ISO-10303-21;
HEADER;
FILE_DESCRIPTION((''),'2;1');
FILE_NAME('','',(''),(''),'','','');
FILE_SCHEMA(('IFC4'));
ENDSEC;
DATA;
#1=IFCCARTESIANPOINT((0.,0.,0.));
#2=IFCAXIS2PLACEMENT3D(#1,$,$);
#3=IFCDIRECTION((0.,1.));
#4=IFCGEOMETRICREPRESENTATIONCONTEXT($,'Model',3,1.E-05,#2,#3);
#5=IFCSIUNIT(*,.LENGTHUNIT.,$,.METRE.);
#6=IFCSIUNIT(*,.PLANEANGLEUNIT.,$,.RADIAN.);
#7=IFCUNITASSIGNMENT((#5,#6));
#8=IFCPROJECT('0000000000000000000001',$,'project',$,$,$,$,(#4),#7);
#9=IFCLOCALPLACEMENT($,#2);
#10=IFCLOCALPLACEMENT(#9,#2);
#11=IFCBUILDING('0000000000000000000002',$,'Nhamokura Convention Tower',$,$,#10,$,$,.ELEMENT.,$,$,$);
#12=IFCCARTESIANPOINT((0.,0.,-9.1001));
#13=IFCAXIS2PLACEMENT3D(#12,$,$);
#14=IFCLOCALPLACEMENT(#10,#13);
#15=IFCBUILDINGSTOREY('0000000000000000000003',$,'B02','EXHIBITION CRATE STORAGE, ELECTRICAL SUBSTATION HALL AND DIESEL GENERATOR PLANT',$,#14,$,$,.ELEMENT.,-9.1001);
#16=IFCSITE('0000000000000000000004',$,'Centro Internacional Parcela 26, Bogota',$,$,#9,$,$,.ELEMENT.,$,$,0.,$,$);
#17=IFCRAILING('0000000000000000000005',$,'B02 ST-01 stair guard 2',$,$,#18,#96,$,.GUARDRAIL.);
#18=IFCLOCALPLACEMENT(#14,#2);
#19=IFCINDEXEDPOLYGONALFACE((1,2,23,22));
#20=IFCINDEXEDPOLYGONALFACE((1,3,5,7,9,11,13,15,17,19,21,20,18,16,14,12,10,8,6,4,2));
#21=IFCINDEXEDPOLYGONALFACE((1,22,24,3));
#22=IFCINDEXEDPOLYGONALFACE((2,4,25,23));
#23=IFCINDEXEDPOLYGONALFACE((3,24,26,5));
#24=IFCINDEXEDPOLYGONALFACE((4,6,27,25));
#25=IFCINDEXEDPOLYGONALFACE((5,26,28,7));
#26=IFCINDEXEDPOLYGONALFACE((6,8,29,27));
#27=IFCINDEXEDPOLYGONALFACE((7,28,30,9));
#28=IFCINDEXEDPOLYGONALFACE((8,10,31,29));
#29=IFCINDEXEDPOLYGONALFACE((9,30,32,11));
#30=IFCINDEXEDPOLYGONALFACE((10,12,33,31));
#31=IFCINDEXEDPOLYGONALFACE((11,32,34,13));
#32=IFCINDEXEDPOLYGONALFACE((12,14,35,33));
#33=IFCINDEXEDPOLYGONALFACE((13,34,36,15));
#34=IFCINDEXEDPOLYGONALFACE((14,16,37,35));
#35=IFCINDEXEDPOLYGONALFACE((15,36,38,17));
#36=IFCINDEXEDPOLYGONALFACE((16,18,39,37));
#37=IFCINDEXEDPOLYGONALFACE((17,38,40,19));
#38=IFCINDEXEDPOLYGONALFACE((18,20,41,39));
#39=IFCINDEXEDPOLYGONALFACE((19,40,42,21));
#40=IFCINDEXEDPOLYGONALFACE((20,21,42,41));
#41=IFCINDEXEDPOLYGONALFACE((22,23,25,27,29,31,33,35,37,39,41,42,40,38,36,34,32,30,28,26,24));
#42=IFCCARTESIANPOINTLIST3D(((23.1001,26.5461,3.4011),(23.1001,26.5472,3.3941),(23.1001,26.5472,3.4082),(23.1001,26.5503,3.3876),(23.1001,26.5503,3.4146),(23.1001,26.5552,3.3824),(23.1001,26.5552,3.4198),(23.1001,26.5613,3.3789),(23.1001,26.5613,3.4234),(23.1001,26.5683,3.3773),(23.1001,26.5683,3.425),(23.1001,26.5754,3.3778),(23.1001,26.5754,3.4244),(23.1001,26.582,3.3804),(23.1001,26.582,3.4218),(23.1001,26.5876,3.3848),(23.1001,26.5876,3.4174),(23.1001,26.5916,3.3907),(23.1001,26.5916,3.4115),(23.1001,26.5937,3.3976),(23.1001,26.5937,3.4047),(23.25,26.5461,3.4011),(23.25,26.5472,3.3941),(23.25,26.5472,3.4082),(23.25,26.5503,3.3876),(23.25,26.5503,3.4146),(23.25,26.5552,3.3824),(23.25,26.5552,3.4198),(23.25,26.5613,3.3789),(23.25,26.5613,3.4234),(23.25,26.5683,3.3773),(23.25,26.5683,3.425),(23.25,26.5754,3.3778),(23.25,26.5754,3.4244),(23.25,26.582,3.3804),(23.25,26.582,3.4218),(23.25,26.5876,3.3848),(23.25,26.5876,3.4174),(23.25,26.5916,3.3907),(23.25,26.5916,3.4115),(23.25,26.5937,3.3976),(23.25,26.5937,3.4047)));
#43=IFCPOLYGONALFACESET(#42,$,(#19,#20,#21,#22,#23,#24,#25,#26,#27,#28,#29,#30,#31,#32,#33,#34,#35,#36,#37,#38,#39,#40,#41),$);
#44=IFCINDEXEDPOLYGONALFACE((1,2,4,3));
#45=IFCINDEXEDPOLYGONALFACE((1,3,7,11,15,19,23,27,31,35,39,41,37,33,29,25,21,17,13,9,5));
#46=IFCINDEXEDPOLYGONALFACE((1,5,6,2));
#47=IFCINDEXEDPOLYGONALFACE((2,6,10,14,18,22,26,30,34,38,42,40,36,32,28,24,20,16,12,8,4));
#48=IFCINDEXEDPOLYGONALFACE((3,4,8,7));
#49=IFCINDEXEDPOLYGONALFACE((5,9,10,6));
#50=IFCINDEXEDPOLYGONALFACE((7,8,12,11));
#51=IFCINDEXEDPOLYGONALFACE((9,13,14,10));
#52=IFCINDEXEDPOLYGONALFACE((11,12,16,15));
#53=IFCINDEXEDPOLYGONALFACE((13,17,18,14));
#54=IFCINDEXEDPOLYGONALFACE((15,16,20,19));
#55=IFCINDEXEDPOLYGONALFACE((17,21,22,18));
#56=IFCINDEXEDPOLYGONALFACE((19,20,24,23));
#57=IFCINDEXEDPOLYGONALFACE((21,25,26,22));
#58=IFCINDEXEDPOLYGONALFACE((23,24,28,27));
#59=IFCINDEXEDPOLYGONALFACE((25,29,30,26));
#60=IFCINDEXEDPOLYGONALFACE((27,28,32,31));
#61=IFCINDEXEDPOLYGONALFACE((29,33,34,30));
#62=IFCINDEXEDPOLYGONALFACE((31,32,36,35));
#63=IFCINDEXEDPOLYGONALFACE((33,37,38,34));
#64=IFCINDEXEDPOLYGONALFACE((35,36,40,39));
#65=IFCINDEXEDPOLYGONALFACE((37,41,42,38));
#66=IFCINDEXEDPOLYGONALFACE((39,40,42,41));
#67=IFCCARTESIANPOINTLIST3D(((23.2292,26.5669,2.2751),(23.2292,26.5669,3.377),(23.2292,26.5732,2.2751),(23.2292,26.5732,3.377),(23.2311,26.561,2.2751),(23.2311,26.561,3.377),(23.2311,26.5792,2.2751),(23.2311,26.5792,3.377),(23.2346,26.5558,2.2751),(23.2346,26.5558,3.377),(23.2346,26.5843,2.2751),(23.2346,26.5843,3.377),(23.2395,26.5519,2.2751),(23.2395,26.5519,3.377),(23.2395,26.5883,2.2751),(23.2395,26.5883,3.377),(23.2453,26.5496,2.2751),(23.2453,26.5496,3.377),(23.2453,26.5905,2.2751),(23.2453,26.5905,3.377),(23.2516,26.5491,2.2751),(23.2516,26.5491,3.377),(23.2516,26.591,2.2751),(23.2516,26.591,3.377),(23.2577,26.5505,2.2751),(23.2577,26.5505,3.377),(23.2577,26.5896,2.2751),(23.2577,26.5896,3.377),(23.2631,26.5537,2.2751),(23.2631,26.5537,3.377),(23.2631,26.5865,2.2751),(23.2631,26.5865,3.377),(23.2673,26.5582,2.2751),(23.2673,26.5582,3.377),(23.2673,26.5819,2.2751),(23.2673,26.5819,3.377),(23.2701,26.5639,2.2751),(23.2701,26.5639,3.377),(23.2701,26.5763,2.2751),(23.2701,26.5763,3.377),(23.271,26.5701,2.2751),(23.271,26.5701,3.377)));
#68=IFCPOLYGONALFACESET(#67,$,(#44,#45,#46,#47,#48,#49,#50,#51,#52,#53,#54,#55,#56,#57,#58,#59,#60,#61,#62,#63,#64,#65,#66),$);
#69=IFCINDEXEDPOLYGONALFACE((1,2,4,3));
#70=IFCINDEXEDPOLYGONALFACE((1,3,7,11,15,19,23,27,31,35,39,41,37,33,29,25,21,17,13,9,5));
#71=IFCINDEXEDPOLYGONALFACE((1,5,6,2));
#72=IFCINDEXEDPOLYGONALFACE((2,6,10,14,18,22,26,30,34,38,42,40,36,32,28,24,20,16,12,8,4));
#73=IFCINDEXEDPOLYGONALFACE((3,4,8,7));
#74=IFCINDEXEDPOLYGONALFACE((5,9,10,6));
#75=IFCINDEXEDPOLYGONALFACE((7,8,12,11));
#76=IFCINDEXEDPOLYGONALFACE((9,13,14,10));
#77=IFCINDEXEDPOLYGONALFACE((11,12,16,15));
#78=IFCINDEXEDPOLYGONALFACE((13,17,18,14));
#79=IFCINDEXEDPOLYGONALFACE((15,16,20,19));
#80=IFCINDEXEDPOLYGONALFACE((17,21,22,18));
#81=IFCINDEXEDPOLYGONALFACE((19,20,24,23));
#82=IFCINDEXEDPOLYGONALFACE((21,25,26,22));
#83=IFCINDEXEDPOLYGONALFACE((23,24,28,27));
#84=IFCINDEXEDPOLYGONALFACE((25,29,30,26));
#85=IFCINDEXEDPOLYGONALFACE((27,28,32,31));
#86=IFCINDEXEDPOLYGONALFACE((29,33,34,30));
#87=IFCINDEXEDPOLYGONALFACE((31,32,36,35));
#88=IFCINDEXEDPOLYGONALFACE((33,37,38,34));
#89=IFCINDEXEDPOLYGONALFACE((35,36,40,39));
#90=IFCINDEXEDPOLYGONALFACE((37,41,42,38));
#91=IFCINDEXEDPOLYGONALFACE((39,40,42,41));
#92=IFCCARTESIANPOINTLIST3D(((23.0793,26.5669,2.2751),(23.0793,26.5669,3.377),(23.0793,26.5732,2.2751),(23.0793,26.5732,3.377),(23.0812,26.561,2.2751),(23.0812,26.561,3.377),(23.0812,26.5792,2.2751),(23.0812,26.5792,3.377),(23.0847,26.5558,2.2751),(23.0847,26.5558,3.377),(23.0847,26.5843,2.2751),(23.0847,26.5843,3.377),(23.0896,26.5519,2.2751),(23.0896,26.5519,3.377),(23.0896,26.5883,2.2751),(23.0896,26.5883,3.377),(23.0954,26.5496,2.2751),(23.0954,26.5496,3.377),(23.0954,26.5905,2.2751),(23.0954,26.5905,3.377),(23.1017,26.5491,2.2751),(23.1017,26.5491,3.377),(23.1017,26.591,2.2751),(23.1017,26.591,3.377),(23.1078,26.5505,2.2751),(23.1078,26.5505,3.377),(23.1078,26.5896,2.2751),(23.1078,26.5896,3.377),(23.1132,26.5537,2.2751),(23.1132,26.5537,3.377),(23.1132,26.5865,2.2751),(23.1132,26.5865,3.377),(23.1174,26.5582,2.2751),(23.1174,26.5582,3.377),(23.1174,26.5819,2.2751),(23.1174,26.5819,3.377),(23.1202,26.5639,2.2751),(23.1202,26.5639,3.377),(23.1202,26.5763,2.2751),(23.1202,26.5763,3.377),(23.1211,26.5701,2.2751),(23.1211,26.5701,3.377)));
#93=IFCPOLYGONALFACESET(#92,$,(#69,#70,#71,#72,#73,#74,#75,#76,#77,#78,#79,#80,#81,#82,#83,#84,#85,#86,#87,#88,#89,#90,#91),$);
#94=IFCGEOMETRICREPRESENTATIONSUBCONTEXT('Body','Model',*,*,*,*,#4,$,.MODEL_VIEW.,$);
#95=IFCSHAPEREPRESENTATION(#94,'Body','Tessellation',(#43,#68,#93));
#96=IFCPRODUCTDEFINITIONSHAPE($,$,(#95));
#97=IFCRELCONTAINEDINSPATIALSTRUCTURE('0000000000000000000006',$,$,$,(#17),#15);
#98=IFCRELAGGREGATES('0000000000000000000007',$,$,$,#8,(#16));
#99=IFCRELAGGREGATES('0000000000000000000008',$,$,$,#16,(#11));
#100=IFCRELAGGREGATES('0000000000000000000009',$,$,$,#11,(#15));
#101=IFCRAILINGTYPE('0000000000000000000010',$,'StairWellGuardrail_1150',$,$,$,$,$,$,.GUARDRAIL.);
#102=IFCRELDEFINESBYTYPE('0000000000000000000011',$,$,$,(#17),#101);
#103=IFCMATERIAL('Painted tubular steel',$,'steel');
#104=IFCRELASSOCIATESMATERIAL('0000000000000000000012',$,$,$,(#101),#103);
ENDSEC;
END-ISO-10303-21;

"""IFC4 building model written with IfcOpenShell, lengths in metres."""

from ifc_helpers import new_model, si_unit, direction, frame, origin, origin_2d, place, context, subcontext, project, spatial, circle, extrude, material, type_object, element, save


model = new_model("IFC4")

# Units and contexts
model_context = context("Model", 3, precision=1e-05, world=origin(), true_north=direction((0.0, 1.0)))
body_context = subcontext(model_context, "Body", "Model", "MODEL_VIEW")
ifc_project = project(units=[si_unit("LENGTHUNIT", "METRE"), si_unit("PLANEANGLEUNIT", "RADIAN")], contexts=[model_context])

# Site, building, storey
site_placement = place(None, origin())
site = spatial("IfcSite", under=ifc_project, at=site_placement, Name="Centro Internacional Parcela 26, Bogota", CompositionType="ELEMENT", RefElevation=0.0)
building_placement = place(site_placement, origin())
building = spatial("IfcBuilding", under=site, at=building_placement, Name="Nhamokura Convention Tower", CompositionType="ELEMENT")
storey_placement = place(building_placement, frame((0.0, 0.0, -9.1001)))
storey = spatial("IfcBuildingStorey", under=building, at=storey_placement, Name="B02", Description="EXHIBITION CRATE STORAGE, ELECTRICAL SUBSTATION HALL AND DIESEL GENERATOR PLANT", CompositionType="ELEMENT", Elevation=-9.1001)

# Railing
ifc_material_1 = material(Name="Painted tubular steel", Category="steel")
railing_type_1 = type_object("IfcRailingType", Name="StairWellGuardrail_1150", PredefinedType="GUARDRAIL", material=ifc_material_1)
railing_1_placement = place(storey_placement, frame((23.25, 26.5701, 2.2751)))
element("IfcRailing", 1, at=railing_1_placement, inside=storey, type_object=railing_type_1, Name="B02 ST-01 stair guard 2", PredefinedType="GUARDRAIL", context=body_context, shape_type="SweptSolid", body=[
    extrude(circle(Radius=0.0239, at=origin_2d()), frame((0.0, 0.0, 1.126), z_axis=(-1.0, 0.0, 0.0), x_axis=(0.0, -1.0, 0.0)), (0.0, 0.0, 1.0), 0.1499),
    extrude(circle(Radius=0.021, at=origin_2d()), origin(), (0.0, 0.0, 1.0), 1.1018),
    extrude(circle(Radius=0.021, at=origin_2d()), frame((-0.1499, 0.0, 0.0)), (0.0, 0.0, 1.0), 1.1018),
])

save(model, "model.ifc")
